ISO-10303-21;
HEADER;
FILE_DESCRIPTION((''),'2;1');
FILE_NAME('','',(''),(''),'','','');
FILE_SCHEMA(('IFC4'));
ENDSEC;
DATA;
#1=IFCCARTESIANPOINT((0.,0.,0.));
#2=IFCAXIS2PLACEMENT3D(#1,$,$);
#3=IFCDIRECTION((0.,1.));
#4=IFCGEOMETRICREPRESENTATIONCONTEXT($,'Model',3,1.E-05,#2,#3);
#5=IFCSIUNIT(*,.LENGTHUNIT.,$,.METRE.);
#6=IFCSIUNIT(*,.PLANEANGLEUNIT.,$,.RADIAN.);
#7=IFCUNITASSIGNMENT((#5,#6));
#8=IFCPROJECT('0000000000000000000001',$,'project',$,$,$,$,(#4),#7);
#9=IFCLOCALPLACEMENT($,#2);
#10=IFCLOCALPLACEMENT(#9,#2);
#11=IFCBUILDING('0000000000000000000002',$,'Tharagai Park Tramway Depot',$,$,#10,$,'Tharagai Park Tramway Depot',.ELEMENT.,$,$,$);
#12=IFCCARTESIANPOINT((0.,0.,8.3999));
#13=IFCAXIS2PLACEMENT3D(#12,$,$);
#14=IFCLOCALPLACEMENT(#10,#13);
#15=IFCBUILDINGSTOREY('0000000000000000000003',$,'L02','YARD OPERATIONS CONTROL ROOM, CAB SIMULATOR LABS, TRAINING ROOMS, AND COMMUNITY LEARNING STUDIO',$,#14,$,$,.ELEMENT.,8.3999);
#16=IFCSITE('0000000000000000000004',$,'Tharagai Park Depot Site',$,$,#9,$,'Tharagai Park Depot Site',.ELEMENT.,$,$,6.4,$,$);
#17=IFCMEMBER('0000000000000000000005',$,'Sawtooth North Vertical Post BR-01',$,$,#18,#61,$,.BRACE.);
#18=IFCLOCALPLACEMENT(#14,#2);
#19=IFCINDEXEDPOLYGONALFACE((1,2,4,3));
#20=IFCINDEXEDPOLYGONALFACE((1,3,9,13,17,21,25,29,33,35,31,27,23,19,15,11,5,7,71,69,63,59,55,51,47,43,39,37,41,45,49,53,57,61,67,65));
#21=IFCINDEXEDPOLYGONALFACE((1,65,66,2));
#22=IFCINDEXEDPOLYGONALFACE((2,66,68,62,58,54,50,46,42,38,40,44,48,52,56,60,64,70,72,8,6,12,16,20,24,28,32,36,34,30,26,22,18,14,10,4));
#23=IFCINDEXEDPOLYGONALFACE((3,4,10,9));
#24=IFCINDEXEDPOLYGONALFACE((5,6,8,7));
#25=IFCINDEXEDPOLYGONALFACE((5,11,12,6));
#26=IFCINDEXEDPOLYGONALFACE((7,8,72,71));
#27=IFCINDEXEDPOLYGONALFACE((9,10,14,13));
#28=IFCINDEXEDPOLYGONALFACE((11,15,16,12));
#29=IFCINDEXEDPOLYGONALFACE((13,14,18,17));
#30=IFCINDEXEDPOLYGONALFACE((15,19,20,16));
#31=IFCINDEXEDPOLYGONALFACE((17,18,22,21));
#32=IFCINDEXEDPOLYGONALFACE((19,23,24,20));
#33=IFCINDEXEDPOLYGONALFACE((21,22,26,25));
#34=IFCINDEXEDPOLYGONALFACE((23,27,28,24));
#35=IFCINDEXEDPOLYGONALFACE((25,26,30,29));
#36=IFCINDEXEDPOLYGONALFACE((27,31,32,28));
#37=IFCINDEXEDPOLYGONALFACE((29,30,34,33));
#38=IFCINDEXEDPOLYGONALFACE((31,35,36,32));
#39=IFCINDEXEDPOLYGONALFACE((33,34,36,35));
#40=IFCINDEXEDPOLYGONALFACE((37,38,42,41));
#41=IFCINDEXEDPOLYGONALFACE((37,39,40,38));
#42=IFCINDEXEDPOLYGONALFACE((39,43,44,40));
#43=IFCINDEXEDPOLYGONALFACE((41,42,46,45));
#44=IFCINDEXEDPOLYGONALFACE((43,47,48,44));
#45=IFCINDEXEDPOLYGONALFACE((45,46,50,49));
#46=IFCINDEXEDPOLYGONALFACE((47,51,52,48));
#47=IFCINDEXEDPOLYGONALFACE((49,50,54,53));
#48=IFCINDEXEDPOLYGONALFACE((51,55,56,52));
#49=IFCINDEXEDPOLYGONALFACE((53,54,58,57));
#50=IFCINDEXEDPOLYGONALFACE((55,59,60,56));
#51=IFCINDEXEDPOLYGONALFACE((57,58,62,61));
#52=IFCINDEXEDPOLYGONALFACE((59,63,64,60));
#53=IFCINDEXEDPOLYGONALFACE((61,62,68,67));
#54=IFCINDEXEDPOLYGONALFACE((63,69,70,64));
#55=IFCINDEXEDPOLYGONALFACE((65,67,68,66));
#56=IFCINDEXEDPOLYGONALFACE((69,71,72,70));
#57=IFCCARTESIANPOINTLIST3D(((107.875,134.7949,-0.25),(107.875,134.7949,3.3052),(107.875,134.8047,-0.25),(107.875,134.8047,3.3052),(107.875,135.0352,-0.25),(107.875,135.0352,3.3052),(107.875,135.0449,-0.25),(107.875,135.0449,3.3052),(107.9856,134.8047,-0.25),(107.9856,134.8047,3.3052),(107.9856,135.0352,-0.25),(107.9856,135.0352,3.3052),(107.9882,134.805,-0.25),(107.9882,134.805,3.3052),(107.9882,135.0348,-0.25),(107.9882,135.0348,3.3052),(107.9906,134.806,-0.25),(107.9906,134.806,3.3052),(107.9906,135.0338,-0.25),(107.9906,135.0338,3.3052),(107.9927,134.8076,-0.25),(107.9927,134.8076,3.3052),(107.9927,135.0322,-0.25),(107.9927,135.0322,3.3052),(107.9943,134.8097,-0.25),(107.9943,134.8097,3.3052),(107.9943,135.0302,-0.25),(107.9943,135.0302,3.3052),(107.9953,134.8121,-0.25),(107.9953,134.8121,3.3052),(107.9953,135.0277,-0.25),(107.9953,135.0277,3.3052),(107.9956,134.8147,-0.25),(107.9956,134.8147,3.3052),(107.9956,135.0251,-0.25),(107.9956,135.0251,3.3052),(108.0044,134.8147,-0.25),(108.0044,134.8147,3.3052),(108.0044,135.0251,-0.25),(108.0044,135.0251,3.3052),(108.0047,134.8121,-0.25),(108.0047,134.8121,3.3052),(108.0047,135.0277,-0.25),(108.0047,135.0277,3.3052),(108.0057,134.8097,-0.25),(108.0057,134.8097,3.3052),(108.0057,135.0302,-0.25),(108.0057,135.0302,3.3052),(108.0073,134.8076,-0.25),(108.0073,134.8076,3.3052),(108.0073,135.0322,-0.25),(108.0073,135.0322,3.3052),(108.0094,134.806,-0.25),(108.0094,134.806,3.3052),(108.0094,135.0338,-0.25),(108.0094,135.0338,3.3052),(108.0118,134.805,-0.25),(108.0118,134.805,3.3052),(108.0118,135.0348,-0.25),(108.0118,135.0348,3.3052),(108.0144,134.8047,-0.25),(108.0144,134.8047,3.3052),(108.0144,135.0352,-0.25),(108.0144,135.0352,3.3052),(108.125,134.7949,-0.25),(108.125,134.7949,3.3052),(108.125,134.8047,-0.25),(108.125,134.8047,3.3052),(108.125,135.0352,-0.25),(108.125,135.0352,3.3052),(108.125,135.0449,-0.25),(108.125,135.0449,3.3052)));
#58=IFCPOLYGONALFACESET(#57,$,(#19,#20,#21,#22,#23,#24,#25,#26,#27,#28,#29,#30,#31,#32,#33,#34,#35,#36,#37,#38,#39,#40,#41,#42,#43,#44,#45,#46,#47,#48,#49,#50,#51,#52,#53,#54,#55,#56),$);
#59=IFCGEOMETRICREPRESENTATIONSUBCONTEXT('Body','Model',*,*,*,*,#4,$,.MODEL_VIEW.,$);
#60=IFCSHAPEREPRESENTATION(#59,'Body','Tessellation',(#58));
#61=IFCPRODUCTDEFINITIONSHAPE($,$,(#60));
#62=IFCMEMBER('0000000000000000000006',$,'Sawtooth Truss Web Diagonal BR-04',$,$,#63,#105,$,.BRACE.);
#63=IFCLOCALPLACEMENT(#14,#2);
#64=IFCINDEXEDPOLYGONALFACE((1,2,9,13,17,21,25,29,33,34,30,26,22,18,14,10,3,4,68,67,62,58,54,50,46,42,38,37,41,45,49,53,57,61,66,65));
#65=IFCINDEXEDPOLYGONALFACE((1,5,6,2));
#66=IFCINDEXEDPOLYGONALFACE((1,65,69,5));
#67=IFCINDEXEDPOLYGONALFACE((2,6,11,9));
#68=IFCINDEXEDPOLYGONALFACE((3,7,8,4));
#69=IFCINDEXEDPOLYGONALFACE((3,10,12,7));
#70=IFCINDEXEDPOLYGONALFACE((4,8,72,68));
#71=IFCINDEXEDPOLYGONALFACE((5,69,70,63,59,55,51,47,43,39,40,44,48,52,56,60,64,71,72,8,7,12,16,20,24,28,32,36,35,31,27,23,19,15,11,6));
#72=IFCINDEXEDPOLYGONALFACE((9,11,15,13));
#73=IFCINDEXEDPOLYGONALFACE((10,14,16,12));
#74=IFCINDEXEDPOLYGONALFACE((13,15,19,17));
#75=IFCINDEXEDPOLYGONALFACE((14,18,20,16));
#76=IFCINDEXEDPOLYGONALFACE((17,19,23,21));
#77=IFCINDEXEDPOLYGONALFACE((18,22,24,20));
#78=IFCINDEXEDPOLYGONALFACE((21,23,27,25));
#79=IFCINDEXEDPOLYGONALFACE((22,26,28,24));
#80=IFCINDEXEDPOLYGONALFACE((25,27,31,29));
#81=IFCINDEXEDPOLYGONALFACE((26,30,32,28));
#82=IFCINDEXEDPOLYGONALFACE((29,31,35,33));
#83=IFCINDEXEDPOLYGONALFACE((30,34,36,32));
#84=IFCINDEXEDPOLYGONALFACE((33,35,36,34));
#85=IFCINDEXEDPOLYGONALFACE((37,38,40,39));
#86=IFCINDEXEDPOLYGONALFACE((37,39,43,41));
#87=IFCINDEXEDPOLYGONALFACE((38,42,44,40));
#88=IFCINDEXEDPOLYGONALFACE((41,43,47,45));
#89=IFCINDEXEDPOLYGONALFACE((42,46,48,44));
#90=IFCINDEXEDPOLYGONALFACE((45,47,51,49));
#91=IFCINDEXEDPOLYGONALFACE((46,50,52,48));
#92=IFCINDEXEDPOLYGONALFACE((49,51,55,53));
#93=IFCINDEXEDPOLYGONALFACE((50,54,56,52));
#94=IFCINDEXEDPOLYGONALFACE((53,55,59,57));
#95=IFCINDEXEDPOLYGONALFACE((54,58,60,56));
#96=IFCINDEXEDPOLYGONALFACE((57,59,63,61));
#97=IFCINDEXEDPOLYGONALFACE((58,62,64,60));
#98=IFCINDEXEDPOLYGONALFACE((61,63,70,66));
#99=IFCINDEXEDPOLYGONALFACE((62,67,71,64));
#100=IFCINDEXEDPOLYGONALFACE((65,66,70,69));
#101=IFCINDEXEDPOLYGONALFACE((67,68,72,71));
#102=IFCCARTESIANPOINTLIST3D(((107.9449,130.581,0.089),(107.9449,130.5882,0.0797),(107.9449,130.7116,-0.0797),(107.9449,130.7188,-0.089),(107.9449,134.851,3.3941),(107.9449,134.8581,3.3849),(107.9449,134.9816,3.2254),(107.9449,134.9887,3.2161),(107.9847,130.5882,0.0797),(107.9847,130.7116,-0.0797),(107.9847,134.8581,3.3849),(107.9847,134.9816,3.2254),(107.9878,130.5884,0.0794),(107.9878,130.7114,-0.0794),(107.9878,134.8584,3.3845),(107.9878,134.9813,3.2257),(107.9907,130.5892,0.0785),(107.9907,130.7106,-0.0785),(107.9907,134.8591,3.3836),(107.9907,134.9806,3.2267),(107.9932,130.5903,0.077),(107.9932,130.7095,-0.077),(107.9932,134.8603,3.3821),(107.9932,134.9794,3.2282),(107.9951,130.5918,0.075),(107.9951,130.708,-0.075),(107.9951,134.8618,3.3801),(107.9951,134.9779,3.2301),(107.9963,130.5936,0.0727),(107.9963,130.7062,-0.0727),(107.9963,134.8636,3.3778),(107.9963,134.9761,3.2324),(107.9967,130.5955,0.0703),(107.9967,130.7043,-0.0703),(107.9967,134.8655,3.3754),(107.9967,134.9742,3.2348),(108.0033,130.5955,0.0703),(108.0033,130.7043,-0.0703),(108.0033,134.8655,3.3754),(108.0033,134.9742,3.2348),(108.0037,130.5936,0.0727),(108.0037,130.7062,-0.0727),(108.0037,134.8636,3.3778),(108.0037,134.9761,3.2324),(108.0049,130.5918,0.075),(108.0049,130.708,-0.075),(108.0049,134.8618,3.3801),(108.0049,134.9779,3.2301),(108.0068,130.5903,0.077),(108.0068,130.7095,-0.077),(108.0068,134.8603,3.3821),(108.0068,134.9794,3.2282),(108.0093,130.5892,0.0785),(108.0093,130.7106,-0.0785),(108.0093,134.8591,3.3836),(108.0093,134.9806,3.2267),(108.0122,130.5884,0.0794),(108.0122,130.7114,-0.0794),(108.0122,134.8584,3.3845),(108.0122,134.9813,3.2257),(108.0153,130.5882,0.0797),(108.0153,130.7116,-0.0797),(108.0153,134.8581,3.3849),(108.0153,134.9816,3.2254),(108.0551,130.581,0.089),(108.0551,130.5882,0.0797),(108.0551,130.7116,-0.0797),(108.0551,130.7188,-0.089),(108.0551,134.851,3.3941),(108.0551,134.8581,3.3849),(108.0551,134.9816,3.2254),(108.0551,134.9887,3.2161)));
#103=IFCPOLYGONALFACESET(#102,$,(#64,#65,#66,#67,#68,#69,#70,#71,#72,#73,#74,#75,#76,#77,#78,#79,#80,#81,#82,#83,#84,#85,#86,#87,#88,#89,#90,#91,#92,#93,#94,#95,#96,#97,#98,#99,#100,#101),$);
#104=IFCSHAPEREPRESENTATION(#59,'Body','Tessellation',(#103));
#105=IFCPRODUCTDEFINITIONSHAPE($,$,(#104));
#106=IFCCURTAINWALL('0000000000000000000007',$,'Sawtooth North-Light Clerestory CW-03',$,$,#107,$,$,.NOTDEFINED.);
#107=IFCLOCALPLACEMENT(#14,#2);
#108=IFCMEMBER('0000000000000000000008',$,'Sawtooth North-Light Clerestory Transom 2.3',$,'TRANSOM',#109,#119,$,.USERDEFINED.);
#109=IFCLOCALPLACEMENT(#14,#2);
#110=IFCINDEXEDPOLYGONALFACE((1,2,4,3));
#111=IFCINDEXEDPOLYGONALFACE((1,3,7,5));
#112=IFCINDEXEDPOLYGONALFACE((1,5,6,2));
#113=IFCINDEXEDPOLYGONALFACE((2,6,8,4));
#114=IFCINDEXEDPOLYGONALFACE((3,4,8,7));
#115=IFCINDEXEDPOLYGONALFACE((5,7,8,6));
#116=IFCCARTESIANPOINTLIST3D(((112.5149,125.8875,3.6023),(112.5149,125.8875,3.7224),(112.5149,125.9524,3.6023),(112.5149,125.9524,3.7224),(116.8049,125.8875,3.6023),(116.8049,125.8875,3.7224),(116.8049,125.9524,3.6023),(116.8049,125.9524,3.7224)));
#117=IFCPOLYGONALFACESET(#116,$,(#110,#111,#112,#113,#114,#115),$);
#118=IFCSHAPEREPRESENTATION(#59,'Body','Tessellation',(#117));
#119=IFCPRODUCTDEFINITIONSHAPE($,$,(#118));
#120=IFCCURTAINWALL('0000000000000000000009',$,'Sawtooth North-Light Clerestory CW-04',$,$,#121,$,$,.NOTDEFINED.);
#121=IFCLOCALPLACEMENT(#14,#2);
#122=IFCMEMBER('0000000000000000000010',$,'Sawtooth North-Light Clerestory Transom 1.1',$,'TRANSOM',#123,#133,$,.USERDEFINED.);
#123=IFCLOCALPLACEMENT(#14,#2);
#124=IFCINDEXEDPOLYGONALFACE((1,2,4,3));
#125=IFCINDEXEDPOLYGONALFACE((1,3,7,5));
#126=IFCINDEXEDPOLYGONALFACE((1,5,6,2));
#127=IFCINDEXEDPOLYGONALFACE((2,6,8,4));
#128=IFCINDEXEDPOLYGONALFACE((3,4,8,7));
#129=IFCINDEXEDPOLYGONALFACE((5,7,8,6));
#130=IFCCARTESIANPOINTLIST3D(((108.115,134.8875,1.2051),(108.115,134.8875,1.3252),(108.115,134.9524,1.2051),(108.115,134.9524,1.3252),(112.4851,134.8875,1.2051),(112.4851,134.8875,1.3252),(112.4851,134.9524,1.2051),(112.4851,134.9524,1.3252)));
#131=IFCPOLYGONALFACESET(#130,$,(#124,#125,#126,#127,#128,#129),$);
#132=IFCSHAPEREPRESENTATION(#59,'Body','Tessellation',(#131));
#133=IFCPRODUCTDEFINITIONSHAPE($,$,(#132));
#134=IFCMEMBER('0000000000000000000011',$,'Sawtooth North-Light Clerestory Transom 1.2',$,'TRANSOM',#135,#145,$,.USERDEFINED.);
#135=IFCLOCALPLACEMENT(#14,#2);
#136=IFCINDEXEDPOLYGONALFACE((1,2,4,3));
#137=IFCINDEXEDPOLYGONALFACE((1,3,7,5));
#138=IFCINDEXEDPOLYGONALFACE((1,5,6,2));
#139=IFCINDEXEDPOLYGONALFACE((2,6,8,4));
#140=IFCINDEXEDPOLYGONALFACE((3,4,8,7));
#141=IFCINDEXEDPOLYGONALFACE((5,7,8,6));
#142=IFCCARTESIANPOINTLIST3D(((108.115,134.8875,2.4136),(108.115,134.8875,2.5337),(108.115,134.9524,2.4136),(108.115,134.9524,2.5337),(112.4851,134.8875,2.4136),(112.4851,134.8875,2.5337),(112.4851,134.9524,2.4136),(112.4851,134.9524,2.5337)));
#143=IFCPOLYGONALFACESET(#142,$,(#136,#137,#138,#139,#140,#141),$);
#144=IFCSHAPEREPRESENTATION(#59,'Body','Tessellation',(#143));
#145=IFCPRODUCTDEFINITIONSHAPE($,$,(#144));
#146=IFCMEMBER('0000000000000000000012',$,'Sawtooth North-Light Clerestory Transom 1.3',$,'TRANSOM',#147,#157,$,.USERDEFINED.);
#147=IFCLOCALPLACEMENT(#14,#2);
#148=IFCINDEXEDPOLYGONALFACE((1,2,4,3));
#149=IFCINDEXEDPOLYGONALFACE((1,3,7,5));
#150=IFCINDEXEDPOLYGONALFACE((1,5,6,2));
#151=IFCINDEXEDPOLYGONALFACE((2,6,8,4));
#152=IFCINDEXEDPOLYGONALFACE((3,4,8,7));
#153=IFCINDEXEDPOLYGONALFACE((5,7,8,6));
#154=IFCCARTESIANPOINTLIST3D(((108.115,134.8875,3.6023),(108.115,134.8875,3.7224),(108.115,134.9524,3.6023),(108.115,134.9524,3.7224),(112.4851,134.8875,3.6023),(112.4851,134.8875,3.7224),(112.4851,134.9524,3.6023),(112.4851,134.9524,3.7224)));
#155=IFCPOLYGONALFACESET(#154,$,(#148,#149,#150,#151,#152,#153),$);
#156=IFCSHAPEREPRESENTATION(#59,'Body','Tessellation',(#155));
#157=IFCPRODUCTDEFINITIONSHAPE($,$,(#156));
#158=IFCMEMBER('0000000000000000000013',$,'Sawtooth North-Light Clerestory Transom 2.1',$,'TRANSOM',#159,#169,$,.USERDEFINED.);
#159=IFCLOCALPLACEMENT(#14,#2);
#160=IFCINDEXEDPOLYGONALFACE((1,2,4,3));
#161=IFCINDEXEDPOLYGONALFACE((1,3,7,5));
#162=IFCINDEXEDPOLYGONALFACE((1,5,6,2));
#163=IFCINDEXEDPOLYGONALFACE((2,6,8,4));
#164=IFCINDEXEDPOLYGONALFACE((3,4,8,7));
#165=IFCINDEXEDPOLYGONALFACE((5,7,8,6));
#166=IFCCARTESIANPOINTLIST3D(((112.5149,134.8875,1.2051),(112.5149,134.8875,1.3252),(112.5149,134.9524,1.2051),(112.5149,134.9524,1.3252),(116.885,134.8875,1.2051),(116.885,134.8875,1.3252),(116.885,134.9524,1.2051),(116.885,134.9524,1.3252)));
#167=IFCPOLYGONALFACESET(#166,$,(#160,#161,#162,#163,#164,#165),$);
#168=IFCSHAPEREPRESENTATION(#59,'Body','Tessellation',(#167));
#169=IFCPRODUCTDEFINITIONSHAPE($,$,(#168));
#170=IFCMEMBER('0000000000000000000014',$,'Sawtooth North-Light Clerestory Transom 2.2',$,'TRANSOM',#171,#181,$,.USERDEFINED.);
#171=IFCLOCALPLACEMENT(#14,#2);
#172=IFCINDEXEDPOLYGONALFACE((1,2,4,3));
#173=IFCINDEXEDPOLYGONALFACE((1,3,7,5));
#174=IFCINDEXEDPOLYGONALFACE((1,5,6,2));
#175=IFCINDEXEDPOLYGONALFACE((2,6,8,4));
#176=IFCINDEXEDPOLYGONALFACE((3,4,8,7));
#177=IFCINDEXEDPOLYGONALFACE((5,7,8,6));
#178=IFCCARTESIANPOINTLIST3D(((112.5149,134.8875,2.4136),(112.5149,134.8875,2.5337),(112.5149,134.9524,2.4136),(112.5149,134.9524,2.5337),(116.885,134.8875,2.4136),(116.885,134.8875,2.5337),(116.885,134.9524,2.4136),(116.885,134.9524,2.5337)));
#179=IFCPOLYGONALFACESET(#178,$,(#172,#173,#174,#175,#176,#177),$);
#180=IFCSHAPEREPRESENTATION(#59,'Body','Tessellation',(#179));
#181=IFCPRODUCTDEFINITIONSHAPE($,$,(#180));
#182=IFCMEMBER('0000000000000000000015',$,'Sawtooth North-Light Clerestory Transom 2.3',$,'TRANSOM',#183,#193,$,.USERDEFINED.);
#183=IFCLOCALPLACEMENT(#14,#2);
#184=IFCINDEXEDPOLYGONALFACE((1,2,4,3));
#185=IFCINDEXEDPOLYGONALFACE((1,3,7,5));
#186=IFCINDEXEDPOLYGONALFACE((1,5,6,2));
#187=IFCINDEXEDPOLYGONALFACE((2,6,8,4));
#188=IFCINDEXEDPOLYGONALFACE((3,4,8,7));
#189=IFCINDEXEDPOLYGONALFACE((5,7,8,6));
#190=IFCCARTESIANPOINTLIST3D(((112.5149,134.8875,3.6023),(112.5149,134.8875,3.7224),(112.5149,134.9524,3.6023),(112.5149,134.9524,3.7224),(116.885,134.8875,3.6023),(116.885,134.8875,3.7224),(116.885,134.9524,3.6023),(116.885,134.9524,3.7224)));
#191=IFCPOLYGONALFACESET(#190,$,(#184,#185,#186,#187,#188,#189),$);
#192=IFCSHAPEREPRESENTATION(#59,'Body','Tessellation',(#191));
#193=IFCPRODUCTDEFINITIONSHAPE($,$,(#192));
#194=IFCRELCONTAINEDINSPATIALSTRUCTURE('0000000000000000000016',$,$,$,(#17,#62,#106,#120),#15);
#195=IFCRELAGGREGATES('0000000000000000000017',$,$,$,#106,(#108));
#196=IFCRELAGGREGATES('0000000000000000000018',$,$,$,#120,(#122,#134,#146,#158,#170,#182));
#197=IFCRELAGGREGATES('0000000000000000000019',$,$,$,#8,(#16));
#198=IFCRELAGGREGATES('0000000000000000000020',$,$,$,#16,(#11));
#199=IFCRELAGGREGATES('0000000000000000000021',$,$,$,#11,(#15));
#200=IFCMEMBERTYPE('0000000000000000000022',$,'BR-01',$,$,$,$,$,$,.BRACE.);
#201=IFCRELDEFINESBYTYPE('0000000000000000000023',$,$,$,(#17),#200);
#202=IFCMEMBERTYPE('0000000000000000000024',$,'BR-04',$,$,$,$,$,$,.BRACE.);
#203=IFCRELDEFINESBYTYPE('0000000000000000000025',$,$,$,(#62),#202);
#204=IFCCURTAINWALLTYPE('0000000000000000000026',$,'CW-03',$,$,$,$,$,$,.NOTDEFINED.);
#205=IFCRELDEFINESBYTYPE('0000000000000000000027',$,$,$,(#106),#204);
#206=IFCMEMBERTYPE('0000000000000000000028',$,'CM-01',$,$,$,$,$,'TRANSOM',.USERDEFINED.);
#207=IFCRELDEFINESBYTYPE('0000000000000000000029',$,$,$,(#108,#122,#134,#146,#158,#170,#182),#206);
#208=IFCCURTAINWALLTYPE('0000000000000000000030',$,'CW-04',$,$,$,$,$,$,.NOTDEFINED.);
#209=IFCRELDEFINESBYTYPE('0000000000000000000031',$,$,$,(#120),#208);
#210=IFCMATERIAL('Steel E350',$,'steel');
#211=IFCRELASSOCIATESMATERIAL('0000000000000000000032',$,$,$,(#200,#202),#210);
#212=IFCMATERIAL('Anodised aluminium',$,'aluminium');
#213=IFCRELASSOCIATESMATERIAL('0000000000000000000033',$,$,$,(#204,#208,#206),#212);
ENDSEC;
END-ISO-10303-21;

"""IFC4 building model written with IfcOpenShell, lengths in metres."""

from ifc_helpers import new_model, si_unit, direction, frame, origin, origin_2d, place, context, subcontext, project, spatial, rectangle, i_section, extrude, material, material_profile, profile_set, type_object, element, aggregate, save


model = new_model("IFC4")

# Units and contexts
model_context = context("Model", 3, precision=1e-05, world=origin(), true_north=direction((0.0, 1.0)))
body_context = subcontext(model_context, "Body", "Model", "MODEL_VIEW")
ifc_project = project(units=[si_unit("LENGTHUNIT", "METRE"), si_unit("PLANEANGLEUNIT", "RADIAN")], contexts=[model_context])

# Site, building, storey
site_placement = place(None, origin())
site = spatial("IfcSite", under=ifc_project, at=site_placement, Name="Tharagai Park Depot Site", LongName="Tharagai Park Depot Site", CompositionType="ELEMENT", RefElevation=6.4)
building_placement = place(site_placement, origin())
building = spatial("IfcBuilding", under=site, at=building_placement, Name="Tharagai Park Tramway Depot", LongName="Tharagai Park Tramway Depot", CompositionType="ELEMENT")
storey_placement = place(building_placement, frame((0.0, 0.0, 8.3999)))
storey = spatial("IfcBuildingStorey", under=building, at=storey_placement, Name="L02", Description="YARD OPERATIONS CONTROL ROOM, CAB SIMULATOR LABS, TRAINING ROOMS, AND COMMUNITY LEARNING STUDIO", CompositionType="ELEMENT", Elevation=8.3999)

# Members
ifc_material_1 = material(Name="Steel E350", Category="steel")
ifc_material_profile_1 = material_profile(ifc_material_1, i_section(OverallWidth=0.25, OverallDepth=0.25, WebThickness=0.0088, FlangeThickness=0.0098, FilletRadius=0.01, at=origin_2d()), Name="ISHB 250")
ifc_profile_set_1 = profile_set([ifc_material_profile_1], Name="Steel E350")
member_type_1 = type_object("IfcMemberType", Name="BR-01", PredefinedType="BRACE", material=ifc_profile_set_1)
member_1_placement = place(storey_placement, frame((108.0, 134.9199, -0.25), z_axis=(0.0, 0.0, 1.0), x_axis=(1.0, 0.0, 0.0)))
element("IfcMember", 1, at=member_1_placement, inside=storey, type_object=member_type_1, Name="Sawtooth North Vertical Post BR-01", PredefinedType="BRACE", context=body_context, shape_type="SweptSolid", body=[
    extrude(i_section(OverallWidth=0.25, OverallDepth=0.25, WebThickness=0.0088, FlangeThickness=0.0098, FilletRadius=0.01, at=origin_2d()), origin(), (0.0, 0.0, 1.0), 3.5552),
])
ifc_material_profile_2 = material_profile(ifc_material_1, i_section(OverallWidth=0.1101, OverallDepth=0.2251, WebThickness=0.0066, FlangeThickness=0.0117, FilletRadius=0.012, at=origin_2d()), Name="ISMB 225")
ifc_profile_set_2 = profile_set([ifc_material_profile_2], Name="Steel E350")
member_type_2 = type_object("IfcMemberType", Name="BR-04", PredefinedType="BRACE", material=ifc_profile_set_2)
member_2_placement = place(storey_placement, frame((108.0, 130.6499, 0.0), z_axis=(0.0, 0.790782, 0.612098), x_axis=(-1.0, 0.0, 0.0)))
element("IfcMember", 2, at=member_2_placement, inside=storey, type_object=member_type_2, Name="Sawtooth Truss Web Diagonal BR-04", PredefinedType="BRACE", context=body_context, shape_type="SweptSolid", body=[
    extrude(i_section(OverallWidth=0.1101, OverallDepth=0.2251, WebThickness=0.0066, FlangeThickness=0.0117, FilletRadius=0.012, at=origin_2d()), origin(), (0.0, 0.0, 1.0), 5.3997),
])

# Curtain wall, member
ifc_material_2 = material(Name="Anodised aluminium", Category="aluminium")
curtain_wall_type_1 = type_object("IfcCurtainWallType", Name="CW-03", PredefinedType="NOTDEFINED", material=ifc_material_2)
curtain_wall_1_placement = place(storey_placement, origin())
curtain_wall_1 = element("IfcCurtainWall", 3, at=curtain_wall_1_placement, inside=storey, type_object=curtain_wall_type_1, Name="Sawtooth North-Light Clerestory CW-03", PredefinedType="NOTDEFINED")
ifc_material_profile_3 = material_profile(ifc_material_2, rectangle(XDim=0.0649, YDim=0.1201, at=origin_2d()), Name="ALU 65x120")
ifc_profile_set_3 = profile_set([ifc_material_profile_3], Name="Anodised aluminium")
member_type_3 = type_object("IfcMemberType", Name="CM-01", ElementType="TRANSOM", PredefinedType="USERDEFINED", material=ifc_profile_set_3)
member_3_placement = place(storey_placement, frame((112.5149, 125.9199, 3.6624), z_axis=(1.0, 0.0, 0.0), x_axis=(0.0, 1.0, 0.0)))
member_3 = element("IfcMember", 4, at=member_3_placement, type_object=member_type_3, Name="Sawtooth North-Light Clerestory Transom 2.3", ObjectType="TRANSOM", PredefinedType="USERDEFINED", context=body_context, shape_type="SweptSolid", body=[
    extrude(rectangle(XDim=0.0649, YDim=0.1201, at=origin_2d()), origin(), (0.0, 0.0, 1.0), 4.29),
])

# Curtain wall, members
curtain_wall_type_2 = type_object("IfcCurtainWallType", Name="CW-04", PredefinedType="NOTDEFINED", material=ifc_material_2)
curtain_wall_2_placement = place(storey_placement, origin())
curtain_wall_2 = element("IfcCurtainWall", 5, at=curtain_wall_2_placement, inside=storey, type_object=curtain_wall_type_2, Name="Sawtooth North-Light Clerestory CW-04", PredefinedType="NOTDEFINED")
member_4_placement = place(storey_placement, frame((108.115, 134.9199, 1.2651), z_axis=(1.0, 0.0, 0.0), x_axis=(0.0, 1.0, 0.0)))
member_4 = element("IfcMember", 6, at=member_4_placement, type_object=member_type_3, Name="Sawtooth North-Light Clerestory Transom 1.1", ObjectType="TRANSOM", PredefinedType="USERDEFINED", context=body_context, shape_type="SweptSolid", body=[
    extrude(rectangle(XDim=0.0649, YDim=0.1201, at=origin_2d()), origin(), (0.0, 0.0, 1.0), 4.3701),
])
member_5_placement = place(storey_placement, frame((108.115, 134.9199, 2.4736), z_axis=(1.0, 0.0, 0.0), x_axis=(0.0, 1.0, 0.0)))
member_5 = element("IfcMember", 7, at=member_5_placement, type_object=member_type_3, Name="Sawtooth North-Light Clerestory Transom 1.2", ObjectType="TRANSOM", PredefinedType="USERDEFINED", context=body_context, shape_type="SweptSolid", body=[
    extrude(rectangle(XDim=0.0649, YDim=0.1201, at=origin_2d()), origin(), (0.0, 0.0, 1.0), 4.3701),
])
member_6_placement = place(storey_placement, frame((108.115, 134.9199, 3.6624), z_axis=(1.0, 0.0, 0.0), x_axis=(0.0, 1.0, 0.0)))
member_6 = element("IfcMember", 8, at=member_6_placement, type_object=member_type_3, Name="Sawtooth North-Light Clerestory Transom 1.3", ObjectType="TRANSOM", PredefinedType="USERDEFINED", context=body_context, shape_type="SweptSolid", body=[
    extrude(rectangle(XDim=0.0649, YDim=0.1201, at=origin_2d()), origin(), (0.0, 0.0, 1.0), 4.3701),
])
member_7_placement = place(storey_placement, frame((112.5149, 134.9199, 1.2651), z_axis=(1.0, 0.0, 0.0), x_axis=(0.0, 1.0, 0.0)))
member_7 = element("IfcMember", 9, at=member_7_placement, type_object=member_type_3, Name="Sawtooth North-Light Clerestory Transom 2.1", ObjectType="TRANSOM", PredefinedType="USERDEFINED", context=body_context, shape_type="SweptSolid", body=[
    extrude(rectangle(XDim=0.0649, YDim=0.1201, at=origin_2d()), origin(), (0.0, 0.0, 1.0), 4.3701),
])
member_8_placement = place(storey_placement, frame((112.5149, 134.9199, 2.4736), z_axis=(1.0, 0.0, 0.0), x_axis=(0.0, 1.0, 0.0)))
member_8 = element("IfcMember", 10, at=member_8_placement, type_object=member_type_3, Name="Sawtooth North-Light Clerestory Transom 2.2", ObjectType="TRANSOM", PredefinedType="USERDEFINED", context=body_context, shape_type="SweptSolid", body=[
    extrude(rectangle(XDim=0.0649, YDim=0.1201, at=origin_2d()), origin(), (0.0, 0.0, 1.0), 4.3701),
])
member_9_placement = place(storey_placement, frame((112.5149, 134.9199, 3.6624), z_axis=(1.0, 0.0, 0.0), x_axis=(0.0, 1.0, 0.0)))
member_9 = element("IfcMember", 11, at=member_9_placement, type_object=member_type_3, Name="Sawtooth North-Light Clerestory Transom 2.3", ObjectType="TRANSOM", PredefinedType="USERDEFINED", context=body_context, shape_type="SweptSolid", body=[
    extrude(rectangle(XDim=0.0649, YDim=0.1201, at=origin_2d()), origin(), (0.0, 0.0, 1.0), 4.3701),
])

aggregate(curtain_wall_1, [member_3])
aggregate(curtain_wall_2, [member_4, member_5, member_6, member_7, member_8, member_9])

save(model, "model.ifc")
